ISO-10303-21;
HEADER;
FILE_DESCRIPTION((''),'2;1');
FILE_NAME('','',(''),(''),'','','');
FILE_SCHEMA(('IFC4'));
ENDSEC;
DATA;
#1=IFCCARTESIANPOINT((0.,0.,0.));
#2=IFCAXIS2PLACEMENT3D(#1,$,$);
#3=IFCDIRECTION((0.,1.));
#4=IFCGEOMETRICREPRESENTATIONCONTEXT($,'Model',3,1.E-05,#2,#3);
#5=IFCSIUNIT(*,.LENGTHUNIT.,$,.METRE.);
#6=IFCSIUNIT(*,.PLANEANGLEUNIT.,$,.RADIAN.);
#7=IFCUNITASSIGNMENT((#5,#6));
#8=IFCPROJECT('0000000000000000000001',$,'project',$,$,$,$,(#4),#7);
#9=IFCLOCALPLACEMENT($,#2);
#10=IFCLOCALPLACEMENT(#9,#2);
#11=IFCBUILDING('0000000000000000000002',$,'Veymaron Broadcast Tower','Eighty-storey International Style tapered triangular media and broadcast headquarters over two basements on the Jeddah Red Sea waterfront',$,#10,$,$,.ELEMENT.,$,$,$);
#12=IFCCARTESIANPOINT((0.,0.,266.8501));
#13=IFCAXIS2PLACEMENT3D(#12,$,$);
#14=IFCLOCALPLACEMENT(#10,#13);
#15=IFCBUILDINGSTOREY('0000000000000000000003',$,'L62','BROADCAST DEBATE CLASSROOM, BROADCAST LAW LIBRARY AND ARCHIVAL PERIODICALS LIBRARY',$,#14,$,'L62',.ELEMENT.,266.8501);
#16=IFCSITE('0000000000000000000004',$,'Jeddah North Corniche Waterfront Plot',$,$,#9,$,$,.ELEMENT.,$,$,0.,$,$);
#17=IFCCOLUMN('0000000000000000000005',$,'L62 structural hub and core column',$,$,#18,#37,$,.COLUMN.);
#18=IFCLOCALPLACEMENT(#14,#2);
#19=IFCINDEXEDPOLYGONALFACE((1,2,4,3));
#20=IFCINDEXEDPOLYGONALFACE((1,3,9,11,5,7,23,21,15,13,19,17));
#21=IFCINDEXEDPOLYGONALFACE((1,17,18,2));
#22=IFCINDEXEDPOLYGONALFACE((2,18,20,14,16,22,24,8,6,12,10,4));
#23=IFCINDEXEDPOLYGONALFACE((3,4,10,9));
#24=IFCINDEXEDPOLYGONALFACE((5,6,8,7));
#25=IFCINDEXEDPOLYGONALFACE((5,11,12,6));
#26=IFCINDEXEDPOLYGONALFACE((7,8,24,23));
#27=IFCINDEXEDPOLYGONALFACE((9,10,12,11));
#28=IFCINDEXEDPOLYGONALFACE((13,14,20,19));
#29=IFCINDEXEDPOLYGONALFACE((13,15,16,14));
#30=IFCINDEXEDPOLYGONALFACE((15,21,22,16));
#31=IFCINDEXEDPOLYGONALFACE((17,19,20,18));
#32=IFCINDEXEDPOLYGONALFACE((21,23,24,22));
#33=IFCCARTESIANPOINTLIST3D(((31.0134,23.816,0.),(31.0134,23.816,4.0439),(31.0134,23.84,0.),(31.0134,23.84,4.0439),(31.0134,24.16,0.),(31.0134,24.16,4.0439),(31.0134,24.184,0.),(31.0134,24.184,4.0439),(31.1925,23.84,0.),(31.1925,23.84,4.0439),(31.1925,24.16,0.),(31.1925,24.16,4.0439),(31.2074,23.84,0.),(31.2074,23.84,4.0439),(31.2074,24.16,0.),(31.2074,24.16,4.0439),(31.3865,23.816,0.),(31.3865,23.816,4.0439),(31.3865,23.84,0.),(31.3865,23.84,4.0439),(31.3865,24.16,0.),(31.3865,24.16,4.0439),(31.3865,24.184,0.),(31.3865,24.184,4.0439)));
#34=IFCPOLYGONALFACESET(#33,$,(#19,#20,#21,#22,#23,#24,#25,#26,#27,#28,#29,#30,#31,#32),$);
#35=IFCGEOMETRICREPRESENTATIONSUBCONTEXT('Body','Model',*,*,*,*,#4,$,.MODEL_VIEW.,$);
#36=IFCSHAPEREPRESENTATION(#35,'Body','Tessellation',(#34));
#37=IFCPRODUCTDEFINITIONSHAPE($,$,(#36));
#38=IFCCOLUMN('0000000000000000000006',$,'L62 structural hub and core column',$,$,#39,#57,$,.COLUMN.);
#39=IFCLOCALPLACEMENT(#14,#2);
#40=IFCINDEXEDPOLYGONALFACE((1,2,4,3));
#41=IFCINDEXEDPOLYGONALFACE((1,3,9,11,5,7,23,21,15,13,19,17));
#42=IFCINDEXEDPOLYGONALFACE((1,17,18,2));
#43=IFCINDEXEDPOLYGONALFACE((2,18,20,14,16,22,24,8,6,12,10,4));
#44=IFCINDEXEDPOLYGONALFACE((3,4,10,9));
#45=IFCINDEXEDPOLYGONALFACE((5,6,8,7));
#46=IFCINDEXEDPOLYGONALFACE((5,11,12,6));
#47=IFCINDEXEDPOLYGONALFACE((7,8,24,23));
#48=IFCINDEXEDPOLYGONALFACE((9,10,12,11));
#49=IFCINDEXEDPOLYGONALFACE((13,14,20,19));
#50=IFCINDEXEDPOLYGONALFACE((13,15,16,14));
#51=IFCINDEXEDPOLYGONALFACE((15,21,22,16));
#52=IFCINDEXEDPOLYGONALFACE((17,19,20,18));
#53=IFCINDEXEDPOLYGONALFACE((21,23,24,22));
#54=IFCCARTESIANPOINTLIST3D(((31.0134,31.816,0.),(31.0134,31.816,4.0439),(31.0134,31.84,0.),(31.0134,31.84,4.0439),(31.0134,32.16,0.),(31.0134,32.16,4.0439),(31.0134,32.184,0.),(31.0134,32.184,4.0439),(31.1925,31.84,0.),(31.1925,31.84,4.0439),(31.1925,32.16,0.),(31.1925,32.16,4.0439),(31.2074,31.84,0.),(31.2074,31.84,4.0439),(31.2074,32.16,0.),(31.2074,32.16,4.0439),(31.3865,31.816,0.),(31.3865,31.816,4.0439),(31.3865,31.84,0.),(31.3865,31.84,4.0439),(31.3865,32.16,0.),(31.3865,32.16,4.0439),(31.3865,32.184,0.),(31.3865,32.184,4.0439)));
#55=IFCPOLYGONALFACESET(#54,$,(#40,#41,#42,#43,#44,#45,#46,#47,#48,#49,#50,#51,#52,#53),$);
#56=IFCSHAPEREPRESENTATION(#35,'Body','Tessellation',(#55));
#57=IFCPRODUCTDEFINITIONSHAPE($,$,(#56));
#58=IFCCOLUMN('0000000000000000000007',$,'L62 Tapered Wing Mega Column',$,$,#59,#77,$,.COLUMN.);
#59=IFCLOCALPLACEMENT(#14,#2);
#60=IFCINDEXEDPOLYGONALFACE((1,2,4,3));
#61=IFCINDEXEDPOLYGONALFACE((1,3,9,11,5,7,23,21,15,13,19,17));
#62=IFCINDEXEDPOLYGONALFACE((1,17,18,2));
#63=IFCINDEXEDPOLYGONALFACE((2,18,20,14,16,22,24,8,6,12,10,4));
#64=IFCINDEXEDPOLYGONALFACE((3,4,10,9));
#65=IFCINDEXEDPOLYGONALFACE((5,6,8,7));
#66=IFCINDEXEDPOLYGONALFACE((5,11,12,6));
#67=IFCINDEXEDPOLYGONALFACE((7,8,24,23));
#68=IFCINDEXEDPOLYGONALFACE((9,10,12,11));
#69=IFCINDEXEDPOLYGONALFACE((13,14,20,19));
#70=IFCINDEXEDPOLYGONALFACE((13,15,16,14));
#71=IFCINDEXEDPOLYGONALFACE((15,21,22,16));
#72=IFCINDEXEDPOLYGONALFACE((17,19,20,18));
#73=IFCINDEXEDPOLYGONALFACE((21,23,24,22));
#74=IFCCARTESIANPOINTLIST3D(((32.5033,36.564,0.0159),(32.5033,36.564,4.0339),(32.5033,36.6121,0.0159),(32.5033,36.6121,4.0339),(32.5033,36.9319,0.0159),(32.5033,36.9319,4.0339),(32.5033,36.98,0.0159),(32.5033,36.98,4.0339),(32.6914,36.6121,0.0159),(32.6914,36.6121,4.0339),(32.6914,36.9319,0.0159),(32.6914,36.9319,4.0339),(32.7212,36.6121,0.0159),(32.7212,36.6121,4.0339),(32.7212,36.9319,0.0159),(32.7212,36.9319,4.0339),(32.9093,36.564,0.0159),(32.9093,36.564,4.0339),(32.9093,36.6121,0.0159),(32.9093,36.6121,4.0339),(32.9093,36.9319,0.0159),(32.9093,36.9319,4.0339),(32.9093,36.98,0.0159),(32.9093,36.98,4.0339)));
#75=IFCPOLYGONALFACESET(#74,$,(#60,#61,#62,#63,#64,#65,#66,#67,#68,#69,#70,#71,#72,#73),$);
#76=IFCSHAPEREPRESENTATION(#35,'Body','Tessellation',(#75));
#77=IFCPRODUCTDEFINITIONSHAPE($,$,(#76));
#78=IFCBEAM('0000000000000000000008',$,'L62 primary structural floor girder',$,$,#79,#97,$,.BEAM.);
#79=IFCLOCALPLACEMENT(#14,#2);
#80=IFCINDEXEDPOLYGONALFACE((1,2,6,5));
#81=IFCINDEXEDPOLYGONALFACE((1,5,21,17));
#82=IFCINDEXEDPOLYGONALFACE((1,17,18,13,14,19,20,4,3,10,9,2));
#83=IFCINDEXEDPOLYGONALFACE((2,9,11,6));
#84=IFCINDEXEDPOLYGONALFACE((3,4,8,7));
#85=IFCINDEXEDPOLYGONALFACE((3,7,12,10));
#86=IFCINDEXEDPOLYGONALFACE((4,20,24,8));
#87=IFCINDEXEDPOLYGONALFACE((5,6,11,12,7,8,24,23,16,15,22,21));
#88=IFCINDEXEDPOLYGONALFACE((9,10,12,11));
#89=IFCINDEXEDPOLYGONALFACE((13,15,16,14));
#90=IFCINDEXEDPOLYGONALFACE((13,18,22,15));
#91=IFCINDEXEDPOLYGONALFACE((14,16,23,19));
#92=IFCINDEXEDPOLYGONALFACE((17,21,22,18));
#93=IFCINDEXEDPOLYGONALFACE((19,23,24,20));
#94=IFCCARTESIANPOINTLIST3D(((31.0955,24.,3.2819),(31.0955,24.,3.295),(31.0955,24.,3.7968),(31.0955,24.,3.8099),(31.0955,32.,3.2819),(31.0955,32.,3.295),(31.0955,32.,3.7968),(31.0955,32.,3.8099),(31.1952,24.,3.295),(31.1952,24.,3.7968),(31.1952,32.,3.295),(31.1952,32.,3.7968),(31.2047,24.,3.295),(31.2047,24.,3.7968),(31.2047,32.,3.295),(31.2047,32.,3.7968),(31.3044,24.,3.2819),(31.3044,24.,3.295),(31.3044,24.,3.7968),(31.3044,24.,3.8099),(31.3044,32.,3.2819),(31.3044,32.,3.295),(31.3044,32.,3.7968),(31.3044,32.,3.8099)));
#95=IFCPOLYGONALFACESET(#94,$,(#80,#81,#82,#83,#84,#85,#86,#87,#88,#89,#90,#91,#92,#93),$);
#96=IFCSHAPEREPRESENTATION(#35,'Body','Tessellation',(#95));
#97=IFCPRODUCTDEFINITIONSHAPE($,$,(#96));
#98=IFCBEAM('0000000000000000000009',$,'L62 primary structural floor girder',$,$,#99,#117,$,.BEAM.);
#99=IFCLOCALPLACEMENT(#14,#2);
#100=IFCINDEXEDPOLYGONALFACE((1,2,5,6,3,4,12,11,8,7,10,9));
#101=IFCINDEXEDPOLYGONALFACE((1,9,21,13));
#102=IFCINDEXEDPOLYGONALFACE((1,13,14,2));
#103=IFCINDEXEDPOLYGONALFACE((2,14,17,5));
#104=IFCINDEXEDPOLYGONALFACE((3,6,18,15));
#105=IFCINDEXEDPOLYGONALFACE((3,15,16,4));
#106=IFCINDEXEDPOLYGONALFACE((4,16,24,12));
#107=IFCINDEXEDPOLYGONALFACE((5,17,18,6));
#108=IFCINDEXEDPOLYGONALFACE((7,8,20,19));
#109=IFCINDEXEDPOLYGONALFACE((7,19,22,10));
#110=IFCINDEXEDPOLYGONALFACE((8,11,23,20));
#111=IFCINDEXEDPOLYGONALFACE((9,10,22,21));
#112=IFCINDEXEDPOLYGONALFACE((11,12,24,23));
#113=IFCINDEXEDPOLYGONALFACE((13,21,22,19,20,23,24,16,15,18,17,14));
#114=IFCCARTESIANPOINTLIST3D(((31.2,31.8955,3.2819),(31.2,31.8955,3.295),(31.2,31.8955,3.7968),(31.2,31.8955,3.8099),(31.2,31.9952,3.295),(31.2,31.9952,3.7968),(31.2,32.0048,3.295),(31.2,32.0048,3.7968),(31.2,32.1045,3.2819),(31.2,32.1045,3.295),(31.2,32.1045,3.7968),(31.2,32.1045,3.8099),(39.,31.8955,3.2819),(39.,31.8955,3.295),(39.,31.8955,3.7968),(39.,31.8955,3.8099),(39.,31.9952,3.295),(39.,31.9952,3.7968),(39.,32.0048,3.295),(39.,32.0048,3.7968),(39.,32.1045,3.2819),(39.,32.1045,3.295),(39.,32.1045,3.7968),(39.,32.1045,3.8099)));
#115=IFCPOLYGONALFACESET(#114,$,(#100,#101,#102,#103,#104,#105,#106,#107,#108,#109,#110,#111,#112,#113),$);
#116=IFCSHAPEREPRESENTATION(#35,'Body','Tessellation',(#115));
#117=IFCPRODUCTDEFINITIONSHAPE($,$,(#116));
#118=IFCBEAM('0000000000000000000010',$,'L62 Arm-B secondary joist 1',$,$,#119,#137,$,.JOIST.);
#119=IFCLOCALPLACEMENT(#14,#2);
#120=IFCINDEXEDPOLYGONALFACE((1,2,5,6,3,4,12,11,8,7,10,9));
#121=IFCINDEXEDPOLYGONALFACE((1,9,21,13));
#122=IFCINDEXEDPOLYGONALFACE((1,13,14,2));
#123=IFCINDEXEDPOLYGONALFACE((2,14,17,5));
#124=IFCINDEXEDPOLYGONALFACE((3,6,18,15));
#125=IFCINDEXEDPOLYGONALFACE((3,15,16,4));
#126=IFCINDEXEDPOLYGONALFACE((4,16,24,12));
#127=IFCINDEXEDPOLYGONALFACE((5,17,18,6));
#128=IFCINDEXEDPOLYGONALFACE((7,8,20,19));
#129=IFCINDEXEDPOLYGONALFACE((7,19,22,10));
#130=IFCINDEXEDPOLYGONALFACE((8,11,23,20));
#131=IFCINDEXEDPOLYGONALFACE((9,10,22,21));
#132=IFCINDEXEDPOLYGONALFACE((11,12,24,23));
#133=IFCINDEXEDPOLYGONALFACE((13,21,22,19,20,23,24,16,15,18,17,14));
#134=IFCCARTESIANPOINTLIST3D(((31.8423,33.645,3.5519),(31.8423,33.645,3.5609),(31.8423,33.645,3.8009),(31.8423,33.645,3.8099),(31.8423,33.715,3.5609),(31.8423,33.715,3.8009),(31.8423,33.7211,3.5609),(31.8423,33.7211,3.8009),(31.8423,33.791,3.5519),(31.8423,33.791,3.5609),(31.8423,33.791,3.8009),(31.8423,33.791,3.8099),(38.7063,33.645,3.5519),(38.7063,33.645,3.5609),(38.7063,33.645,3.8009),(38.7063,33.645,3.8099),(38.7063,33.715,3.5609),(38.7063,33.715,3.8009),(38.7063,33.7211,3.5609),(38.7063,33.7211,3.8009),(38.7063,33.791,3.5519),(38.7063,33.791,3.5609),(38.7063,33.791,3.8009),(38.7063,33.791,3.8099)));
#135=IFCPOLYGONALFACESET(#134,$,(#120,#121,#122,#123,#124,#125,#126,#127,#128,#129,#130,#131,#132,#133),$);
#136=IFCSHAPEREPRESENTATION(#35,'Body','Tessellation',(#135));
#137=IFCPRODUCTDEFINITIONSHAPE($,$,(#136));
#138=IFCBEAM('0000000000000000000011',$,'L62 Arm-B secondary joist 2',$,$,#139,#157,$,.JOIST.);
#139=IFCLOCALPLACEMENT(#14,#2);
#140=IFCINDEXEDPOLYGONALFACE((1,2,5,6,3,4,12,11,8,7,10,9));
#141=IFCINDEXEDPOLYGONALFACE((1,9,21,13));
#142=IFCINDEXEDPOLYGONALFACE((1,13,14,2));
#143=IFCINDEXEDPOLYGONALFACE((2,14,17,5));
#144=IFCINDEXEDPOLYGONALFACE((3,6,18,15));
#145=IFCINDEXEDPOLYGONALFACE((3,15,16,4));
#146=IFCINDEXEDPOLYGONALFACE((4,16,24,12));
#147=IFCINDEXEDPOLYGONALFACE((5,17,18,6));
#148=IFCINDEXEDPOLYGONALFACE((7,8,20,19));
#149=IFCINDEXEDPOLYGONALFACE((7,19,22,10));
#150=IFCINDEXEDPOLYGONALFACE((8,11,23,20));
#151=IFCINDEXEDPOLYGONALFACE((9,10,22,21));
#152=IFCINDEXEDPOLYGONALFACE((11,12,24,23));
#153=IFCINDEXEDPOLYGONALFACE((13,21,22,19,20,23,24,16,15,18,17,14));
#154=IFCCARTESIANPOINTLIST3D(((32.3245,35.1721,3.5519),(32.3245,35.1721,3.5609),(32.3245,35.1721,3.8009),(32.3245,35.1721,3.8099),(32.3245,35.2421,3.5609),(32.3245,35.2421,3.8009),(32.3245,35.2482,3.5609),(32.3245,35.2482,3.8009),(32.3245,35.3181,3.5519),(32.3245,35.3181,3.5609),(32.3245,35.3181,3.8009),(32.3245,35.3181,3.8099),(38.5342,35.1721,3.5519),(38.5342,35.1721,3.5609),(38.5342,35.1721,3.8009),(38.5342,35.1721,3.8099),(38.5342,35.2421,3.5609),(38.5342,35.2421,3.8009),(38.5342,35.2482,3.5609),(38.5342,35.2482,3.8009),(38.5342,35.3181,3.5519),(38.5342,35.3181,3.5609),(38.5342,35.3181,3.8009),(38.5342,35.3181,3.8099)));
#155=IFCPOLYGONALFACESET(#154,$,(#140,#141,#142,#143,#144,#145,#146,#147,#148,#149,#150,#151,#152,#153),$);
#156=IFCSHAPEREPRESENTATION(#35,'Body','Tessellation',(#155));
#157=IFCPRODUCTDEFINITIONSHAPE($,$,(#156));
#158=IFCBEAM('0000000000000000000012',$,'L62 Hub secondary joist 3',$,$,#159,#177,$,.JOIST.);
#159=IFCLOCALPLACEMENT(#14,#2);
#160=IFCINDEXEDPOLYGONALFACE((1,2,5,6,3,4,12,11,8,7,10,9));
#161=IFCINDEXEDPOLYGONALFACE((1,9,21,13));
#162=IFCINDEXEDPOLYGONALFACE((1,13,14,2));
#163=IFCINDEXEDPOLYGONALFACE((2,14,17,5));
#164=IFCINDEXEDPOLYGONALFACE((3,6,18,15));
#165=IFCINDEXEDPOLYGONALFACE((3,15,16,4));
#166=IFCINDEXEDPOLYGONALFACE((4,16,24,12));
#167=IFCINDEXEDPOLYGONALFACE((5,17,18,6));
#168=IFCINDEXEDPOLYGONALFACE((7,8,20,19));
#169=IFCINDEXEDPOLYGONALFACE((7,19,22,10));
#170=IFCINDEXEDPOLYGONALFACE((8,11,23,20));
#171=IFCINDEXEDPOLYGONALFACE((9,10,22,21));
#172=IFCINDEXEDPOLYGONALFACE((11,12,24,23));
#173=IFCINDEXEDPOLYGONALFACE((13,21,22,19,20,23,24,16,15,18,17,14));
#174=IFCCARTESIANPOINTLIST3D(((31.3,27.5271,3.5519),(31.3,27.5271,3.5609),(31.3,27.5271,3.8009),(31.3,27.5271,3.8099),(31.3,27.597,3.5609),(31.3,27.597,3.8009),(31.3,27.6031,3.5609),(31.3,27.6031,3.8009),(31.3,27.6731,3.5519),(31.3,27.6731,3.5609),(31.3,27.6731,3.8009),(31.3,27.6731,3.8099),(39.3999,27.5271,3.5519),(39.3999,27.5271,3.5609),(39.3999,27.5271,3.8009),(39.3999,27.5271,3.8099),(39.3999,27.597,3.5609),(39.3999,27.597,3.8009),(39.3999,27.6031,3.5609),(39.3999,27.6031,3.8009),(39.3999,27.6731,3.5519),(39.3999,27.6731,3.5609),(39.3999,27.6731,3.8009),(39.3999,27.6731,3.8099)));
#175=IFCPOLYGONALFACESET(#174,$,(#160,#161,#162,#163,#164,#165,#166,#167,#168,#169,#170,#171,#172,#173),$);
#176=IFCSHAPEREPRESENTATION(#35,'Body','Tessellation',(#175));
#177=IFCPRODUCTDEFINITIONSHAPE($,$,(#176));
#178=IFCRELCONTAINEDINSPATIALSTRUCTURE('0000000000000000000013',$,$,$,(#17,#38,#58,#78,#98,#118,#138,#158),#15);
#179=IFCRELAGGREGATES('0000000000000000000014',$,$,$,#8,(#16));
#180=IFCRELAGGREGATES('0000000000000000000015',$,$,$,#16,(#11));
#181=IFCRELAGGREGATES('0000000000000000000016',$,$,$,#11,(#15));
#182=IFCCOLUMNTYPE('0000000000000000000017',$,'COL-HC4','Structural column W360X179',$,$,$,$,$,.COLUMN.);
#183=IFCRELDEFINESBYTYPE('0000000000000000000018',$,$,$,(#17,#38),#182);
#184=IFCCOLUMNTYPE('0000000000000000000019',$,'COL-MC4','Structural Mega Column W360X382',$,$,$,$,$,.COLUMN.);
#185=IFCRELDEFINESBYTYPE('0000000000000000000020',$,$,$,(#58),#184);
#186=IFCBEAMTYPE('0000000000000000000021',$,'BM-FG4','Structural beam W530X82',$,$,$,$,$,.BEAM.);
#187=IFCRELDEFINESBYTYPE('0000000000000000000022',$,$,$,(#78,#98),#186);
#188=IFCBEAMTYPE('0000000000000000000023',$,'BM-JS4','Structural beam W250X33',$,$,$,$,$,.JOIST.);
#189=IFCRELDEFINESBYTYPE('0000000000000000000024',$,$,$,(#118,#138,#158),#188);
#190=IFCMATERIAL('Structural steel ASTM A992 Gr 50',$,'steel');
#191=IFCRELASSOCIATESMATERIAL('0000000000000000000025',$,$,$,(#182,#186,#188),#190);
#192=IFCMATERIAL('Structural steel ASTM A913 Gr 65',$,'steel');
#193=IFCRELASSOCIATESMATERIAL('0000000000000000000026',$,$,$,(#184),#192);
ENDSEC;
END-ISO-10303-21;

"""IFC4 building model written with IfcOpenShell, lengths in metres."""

from ifc_helpers import new_model, si_unit, direction, frame, origin, origin_2d, place, context, subcontext, project, spatial, i_section, extrude, material, material_profile, profile_set, type_object, element, save


model = new_model("IFC4")

# Units and contexts
model_context = context("Model", 3, precision=1e-05, world=origin(), true_north=direction((0.0, 1.0)))
body_context = subcontext(model_context, "Body", "Model", "MODEL_VIEW")
ifc_project = project(units=[si_unit("LENGTHUNIT", "METRE"), si_unit("PLANEANGLEUNIT", "RADIAN")], contexts=[model_context])

# Site, building, storey
site_placement = place(None, origin())
site = spatial("IfcSite", under=ifc_project, at=site_placement, Name="Jeddah North Corniche Waterfront Plot", CompositionType="ELEMENT", RefElevation=0.0)
building_placement = place(site_placement, origin())
building = spatial("IfcBuilding", under=site, at=building_placement, Name="Veymaron Broadcast Tower", Description="Eighty-storey International Style tapered triangular media and broadcast headquarters over two basements on the Jeddah Red Sea waterfront", CompositionType="ELEMENT")
storey_placement = place(building_placement, frame((0.0, 0.0, 266.8501)))
storey = spatial("IfcBuildingStorey", under=building, at=storey_placement, Name="L62", Description="BROADCAST DEBATE CLASSROOM, BROADCAST LAW LIBRARY AND ARCHIVAL PERIODICALS LIBRARY", LongName="L62", CompositionType="ELEMENT", Elevation=266.8501)

# Columns
ifc_material_1 = material(Name="Structural steel ASTM A992 Gr 50", Category="steel")
ifc_material_profile_1 = material_profile(ifc_material_1, i_section(OverallWidth=0.373, OverallDepth=0.3679, WebThickness=0.0149, FlangeThickness=0.0239, at=origin_2d()), Name="W360X179")
ifc_profile_set_1 = profile_set([ifc_material_profile_1], Name="Structural steel ASTM A992 Gr 50")
column_type_1 = type_object("IfcColumnType", Name="COL-HC4", Description="Structural column W360X179", PredefinedType="COLUMN", material=ifc_profile_set_1)
for number, where, z_axis, x_axis, name in (
    (1, (31.2, 24.0, 0.0), (0.0, 0.0, 1.0), (1.0, 0.0, 0.0), "L62 structural hub and core column"),
    (2, (31.2, 32.0, 0.0), (0.0, 0.0, 1.0), (1.0, 0.0, 0.0), "L62 structural hub and core column"),
):
    element("IfcColumn", number, at=place(storey_placement, frame(where, z_axis=z_axis, x_axis=x_axis)), inside=storey, type_object=column_type_1, Name=name, PredefinedType="COLUMN", context=body_context, shape_type="SweptSolid", body=[
        extrude(i_section(OverallWidth=0.373, OverallDepth=0.3679, WebThickness=0.0149, FlangeThickness=0.0239, at=origin_2d()), origin(), (0.0, 0.0, 1.0), 4.0439),
    ])
ifc_material_2 = material(Name="Structural steel ASTM A913 Gr 65", Category="steel")
ifc_material_profile_2 = material_profile(ifc_material_2, i_section(OverallWidth=0.406, OverallDepth=0.416, WebThickness=0.0298, FlangeThickness=0.0481, at=origin_2d()), Name="W360X382")
ifc_profile_set_2 = profile_set([ifc_material_profile_2], Name="Structural steel ASTM A913 Gr 65")
column_type_2 = type_object("IfcColumnType", Name="COL-MC4", Description="Structural Mega Column W360X382", PredefinedType="COLUMN", material=ifc_profile_set_2)
column_placement = place(storey_placement, frame((32.7063, 36.772, 0.0159), z_axis=(0.0, 0.0, 1.0), x_axis=(1.0, 0.0, 0.0)))
element("IfcColumn", 3, at=column_placement, inside=storey, type_object=column_type_2, Name="L62 Tapered Wing Mega Column", PredefinedType="COLUMN", context=body_context, shape_type="SweptSolid", body=[
    extrude(i_section(OverallWidth=0.406, OverallDepth=0.416, WebThickness=0.0298, FlangeThickness=0.0481, at=origin_2d()), origin(), (0.0, 0.0, 1.0), 4.0181),
])

# Beams
ifc_material_profile_3 = material_profile(ifc_material_1, i_section(OverallWidth=0.209, OverallDepth=0.5281, WebThickness=0.0095, FlangeThickness=0.0132, at=origin_2d()), Name="W530X82")
ifc_profile_set_3 = profile_set([ifc_material_profile_3], Name="Structural steel ASTM A992 Gr 50")
beam_type_1 = type_object("IfcBeamType", Name="BM-FG4", Description="Structural beam W530X82", PredefinedType="BEAM", material=ifc_profile_set_3)
beam_1_placement = place(storey_placement, frame((31.2, 24.0, 3.5459), z_axis=(0.0, 1.0, 0.0), x_axis=(-1.0, 0.0, 0.0)))
element("IfcBeam", 4, at=beam_1_placement, inside=storey, type_object=beam_type_1, Name="L62 primary structural floor girder", PredefinedType="BEAM", context=body_context, shape_type="SweptSolid", body=[
    extrude(i_section(OverallWidth=0.209, OverallDepth=0.5281, WebThickness=0.0095, FlangeThickness=0.0132, at=origin_2d()), origin(), (0.0, 0.0, 1.0), 8.0),
])
beam_2_placement = place(storey_placement, frame((31.2, 32.0, 3.5459), z_axis=(1.0, 0.0, 0.0), x_axis=(0.0, 1.0, 0.0)))
element("IfcBeam", 5, at=beam_2_placement, inside=storey, type_object=beam_type_1, Name="L62 primary structural floor girder", PredefinedType="BEAM", context=body_context, shape_type="SweptSolid", body=[
    extrude(i_section(OverallWidth=0.209, OverallDepth=0.5281, WebThickness=0.0095, FlangeThickness=0.0132, at=origin_2d()), origin(), (0.0, 0.0, 1.0), 7.8),
])
ifc_material_profile_4 = material_profile(ifc_material_1, i_section(OverallWidth=0.146, OverallDepth=0.2581, WebThickness=0.0061, FlangeThickness=0.009, at=origin_2d()), Name="W250X33")
ifc_profile_set_4 = profile_set([ifc_material_profile_4], Name="Structural steel ASTM A992 Gr 50")
beam_type_2 = type_object("IfcBeamType", Name="BM-JS4", Description="Structural beam W250X33", PredefinedType="JOIST", material=ifc_profile_set_4)
beam_3_placement = place(storey_placement, frame((31.8423, 33.718, 3.6809), z_axis=(1.0, 0.0, 0.0), x_axis=(0.0, 1.0, 0.0)))
element("IfcBeam", 6, at=beam_3_placement, inside=storey, type_object=beam_type_2, Name="L62 Arm-B secondary joist 1", PredefinedType="JOIST", context=body_context, shape_type="SweptSolid", body=[
    extrude(i_section(OverallWidth=0.146, OverallDepth=0.2581, WebThickness=0.0061, FlangeThickness=0.009, at=origin_2d()), origin(), (0.0, 0.0, 1.0), 6.864),
])
beam_4_placement = place(storey_placement, frame((32.3245, 35.2451, 3.6809), z_axis=(1.0, 0.0, 0.0), x_axis=(0.0, 1.0, 0.0)))
element("IfcBeam", 7, at=beam_4_placement, inside=storey, type_object=beam_type_2, Name="L62 Arm-B secondary joist 2", PredefinedType="JOIST", context=body_context, shape_type="SweptSolid", body=[
    extrude(i_section(OverallWidth=0.146, OverallDepth=0.2581, WebThickness=0.0061, FlangeThickness=0.009, at=origin_2d()), origin(), (0.0, 0.0, 1.0), 6.2097),
])
for number, where, z_axis, x_axis, name in (
    (8, (31.3, 27.6001, 3.6809), (1.0, 0.0, 0.0), (0.0, 1.0, 0.0), "L62 Hub secondary joist 3"),
):
    element("IfcBeam", number, at=place(storey_placement, frame(where, z_axis=z_axis, x_axis=x_axis)), inside=storey, type_object=beam_type_2, Name=name, PredefinedType="JOIST", context=body_context, shape_type="SweptSolid", body=[
        extrude(i_section(OverallWidth=0.146, OverallDepth=0.2581, WebThickness=0.0061, FlangeThickness=0.009, at=origin_2d()), origin(), (0.0, 0.0, 1.0), 8.0999),
    ])

save(model, "model.ifc")
